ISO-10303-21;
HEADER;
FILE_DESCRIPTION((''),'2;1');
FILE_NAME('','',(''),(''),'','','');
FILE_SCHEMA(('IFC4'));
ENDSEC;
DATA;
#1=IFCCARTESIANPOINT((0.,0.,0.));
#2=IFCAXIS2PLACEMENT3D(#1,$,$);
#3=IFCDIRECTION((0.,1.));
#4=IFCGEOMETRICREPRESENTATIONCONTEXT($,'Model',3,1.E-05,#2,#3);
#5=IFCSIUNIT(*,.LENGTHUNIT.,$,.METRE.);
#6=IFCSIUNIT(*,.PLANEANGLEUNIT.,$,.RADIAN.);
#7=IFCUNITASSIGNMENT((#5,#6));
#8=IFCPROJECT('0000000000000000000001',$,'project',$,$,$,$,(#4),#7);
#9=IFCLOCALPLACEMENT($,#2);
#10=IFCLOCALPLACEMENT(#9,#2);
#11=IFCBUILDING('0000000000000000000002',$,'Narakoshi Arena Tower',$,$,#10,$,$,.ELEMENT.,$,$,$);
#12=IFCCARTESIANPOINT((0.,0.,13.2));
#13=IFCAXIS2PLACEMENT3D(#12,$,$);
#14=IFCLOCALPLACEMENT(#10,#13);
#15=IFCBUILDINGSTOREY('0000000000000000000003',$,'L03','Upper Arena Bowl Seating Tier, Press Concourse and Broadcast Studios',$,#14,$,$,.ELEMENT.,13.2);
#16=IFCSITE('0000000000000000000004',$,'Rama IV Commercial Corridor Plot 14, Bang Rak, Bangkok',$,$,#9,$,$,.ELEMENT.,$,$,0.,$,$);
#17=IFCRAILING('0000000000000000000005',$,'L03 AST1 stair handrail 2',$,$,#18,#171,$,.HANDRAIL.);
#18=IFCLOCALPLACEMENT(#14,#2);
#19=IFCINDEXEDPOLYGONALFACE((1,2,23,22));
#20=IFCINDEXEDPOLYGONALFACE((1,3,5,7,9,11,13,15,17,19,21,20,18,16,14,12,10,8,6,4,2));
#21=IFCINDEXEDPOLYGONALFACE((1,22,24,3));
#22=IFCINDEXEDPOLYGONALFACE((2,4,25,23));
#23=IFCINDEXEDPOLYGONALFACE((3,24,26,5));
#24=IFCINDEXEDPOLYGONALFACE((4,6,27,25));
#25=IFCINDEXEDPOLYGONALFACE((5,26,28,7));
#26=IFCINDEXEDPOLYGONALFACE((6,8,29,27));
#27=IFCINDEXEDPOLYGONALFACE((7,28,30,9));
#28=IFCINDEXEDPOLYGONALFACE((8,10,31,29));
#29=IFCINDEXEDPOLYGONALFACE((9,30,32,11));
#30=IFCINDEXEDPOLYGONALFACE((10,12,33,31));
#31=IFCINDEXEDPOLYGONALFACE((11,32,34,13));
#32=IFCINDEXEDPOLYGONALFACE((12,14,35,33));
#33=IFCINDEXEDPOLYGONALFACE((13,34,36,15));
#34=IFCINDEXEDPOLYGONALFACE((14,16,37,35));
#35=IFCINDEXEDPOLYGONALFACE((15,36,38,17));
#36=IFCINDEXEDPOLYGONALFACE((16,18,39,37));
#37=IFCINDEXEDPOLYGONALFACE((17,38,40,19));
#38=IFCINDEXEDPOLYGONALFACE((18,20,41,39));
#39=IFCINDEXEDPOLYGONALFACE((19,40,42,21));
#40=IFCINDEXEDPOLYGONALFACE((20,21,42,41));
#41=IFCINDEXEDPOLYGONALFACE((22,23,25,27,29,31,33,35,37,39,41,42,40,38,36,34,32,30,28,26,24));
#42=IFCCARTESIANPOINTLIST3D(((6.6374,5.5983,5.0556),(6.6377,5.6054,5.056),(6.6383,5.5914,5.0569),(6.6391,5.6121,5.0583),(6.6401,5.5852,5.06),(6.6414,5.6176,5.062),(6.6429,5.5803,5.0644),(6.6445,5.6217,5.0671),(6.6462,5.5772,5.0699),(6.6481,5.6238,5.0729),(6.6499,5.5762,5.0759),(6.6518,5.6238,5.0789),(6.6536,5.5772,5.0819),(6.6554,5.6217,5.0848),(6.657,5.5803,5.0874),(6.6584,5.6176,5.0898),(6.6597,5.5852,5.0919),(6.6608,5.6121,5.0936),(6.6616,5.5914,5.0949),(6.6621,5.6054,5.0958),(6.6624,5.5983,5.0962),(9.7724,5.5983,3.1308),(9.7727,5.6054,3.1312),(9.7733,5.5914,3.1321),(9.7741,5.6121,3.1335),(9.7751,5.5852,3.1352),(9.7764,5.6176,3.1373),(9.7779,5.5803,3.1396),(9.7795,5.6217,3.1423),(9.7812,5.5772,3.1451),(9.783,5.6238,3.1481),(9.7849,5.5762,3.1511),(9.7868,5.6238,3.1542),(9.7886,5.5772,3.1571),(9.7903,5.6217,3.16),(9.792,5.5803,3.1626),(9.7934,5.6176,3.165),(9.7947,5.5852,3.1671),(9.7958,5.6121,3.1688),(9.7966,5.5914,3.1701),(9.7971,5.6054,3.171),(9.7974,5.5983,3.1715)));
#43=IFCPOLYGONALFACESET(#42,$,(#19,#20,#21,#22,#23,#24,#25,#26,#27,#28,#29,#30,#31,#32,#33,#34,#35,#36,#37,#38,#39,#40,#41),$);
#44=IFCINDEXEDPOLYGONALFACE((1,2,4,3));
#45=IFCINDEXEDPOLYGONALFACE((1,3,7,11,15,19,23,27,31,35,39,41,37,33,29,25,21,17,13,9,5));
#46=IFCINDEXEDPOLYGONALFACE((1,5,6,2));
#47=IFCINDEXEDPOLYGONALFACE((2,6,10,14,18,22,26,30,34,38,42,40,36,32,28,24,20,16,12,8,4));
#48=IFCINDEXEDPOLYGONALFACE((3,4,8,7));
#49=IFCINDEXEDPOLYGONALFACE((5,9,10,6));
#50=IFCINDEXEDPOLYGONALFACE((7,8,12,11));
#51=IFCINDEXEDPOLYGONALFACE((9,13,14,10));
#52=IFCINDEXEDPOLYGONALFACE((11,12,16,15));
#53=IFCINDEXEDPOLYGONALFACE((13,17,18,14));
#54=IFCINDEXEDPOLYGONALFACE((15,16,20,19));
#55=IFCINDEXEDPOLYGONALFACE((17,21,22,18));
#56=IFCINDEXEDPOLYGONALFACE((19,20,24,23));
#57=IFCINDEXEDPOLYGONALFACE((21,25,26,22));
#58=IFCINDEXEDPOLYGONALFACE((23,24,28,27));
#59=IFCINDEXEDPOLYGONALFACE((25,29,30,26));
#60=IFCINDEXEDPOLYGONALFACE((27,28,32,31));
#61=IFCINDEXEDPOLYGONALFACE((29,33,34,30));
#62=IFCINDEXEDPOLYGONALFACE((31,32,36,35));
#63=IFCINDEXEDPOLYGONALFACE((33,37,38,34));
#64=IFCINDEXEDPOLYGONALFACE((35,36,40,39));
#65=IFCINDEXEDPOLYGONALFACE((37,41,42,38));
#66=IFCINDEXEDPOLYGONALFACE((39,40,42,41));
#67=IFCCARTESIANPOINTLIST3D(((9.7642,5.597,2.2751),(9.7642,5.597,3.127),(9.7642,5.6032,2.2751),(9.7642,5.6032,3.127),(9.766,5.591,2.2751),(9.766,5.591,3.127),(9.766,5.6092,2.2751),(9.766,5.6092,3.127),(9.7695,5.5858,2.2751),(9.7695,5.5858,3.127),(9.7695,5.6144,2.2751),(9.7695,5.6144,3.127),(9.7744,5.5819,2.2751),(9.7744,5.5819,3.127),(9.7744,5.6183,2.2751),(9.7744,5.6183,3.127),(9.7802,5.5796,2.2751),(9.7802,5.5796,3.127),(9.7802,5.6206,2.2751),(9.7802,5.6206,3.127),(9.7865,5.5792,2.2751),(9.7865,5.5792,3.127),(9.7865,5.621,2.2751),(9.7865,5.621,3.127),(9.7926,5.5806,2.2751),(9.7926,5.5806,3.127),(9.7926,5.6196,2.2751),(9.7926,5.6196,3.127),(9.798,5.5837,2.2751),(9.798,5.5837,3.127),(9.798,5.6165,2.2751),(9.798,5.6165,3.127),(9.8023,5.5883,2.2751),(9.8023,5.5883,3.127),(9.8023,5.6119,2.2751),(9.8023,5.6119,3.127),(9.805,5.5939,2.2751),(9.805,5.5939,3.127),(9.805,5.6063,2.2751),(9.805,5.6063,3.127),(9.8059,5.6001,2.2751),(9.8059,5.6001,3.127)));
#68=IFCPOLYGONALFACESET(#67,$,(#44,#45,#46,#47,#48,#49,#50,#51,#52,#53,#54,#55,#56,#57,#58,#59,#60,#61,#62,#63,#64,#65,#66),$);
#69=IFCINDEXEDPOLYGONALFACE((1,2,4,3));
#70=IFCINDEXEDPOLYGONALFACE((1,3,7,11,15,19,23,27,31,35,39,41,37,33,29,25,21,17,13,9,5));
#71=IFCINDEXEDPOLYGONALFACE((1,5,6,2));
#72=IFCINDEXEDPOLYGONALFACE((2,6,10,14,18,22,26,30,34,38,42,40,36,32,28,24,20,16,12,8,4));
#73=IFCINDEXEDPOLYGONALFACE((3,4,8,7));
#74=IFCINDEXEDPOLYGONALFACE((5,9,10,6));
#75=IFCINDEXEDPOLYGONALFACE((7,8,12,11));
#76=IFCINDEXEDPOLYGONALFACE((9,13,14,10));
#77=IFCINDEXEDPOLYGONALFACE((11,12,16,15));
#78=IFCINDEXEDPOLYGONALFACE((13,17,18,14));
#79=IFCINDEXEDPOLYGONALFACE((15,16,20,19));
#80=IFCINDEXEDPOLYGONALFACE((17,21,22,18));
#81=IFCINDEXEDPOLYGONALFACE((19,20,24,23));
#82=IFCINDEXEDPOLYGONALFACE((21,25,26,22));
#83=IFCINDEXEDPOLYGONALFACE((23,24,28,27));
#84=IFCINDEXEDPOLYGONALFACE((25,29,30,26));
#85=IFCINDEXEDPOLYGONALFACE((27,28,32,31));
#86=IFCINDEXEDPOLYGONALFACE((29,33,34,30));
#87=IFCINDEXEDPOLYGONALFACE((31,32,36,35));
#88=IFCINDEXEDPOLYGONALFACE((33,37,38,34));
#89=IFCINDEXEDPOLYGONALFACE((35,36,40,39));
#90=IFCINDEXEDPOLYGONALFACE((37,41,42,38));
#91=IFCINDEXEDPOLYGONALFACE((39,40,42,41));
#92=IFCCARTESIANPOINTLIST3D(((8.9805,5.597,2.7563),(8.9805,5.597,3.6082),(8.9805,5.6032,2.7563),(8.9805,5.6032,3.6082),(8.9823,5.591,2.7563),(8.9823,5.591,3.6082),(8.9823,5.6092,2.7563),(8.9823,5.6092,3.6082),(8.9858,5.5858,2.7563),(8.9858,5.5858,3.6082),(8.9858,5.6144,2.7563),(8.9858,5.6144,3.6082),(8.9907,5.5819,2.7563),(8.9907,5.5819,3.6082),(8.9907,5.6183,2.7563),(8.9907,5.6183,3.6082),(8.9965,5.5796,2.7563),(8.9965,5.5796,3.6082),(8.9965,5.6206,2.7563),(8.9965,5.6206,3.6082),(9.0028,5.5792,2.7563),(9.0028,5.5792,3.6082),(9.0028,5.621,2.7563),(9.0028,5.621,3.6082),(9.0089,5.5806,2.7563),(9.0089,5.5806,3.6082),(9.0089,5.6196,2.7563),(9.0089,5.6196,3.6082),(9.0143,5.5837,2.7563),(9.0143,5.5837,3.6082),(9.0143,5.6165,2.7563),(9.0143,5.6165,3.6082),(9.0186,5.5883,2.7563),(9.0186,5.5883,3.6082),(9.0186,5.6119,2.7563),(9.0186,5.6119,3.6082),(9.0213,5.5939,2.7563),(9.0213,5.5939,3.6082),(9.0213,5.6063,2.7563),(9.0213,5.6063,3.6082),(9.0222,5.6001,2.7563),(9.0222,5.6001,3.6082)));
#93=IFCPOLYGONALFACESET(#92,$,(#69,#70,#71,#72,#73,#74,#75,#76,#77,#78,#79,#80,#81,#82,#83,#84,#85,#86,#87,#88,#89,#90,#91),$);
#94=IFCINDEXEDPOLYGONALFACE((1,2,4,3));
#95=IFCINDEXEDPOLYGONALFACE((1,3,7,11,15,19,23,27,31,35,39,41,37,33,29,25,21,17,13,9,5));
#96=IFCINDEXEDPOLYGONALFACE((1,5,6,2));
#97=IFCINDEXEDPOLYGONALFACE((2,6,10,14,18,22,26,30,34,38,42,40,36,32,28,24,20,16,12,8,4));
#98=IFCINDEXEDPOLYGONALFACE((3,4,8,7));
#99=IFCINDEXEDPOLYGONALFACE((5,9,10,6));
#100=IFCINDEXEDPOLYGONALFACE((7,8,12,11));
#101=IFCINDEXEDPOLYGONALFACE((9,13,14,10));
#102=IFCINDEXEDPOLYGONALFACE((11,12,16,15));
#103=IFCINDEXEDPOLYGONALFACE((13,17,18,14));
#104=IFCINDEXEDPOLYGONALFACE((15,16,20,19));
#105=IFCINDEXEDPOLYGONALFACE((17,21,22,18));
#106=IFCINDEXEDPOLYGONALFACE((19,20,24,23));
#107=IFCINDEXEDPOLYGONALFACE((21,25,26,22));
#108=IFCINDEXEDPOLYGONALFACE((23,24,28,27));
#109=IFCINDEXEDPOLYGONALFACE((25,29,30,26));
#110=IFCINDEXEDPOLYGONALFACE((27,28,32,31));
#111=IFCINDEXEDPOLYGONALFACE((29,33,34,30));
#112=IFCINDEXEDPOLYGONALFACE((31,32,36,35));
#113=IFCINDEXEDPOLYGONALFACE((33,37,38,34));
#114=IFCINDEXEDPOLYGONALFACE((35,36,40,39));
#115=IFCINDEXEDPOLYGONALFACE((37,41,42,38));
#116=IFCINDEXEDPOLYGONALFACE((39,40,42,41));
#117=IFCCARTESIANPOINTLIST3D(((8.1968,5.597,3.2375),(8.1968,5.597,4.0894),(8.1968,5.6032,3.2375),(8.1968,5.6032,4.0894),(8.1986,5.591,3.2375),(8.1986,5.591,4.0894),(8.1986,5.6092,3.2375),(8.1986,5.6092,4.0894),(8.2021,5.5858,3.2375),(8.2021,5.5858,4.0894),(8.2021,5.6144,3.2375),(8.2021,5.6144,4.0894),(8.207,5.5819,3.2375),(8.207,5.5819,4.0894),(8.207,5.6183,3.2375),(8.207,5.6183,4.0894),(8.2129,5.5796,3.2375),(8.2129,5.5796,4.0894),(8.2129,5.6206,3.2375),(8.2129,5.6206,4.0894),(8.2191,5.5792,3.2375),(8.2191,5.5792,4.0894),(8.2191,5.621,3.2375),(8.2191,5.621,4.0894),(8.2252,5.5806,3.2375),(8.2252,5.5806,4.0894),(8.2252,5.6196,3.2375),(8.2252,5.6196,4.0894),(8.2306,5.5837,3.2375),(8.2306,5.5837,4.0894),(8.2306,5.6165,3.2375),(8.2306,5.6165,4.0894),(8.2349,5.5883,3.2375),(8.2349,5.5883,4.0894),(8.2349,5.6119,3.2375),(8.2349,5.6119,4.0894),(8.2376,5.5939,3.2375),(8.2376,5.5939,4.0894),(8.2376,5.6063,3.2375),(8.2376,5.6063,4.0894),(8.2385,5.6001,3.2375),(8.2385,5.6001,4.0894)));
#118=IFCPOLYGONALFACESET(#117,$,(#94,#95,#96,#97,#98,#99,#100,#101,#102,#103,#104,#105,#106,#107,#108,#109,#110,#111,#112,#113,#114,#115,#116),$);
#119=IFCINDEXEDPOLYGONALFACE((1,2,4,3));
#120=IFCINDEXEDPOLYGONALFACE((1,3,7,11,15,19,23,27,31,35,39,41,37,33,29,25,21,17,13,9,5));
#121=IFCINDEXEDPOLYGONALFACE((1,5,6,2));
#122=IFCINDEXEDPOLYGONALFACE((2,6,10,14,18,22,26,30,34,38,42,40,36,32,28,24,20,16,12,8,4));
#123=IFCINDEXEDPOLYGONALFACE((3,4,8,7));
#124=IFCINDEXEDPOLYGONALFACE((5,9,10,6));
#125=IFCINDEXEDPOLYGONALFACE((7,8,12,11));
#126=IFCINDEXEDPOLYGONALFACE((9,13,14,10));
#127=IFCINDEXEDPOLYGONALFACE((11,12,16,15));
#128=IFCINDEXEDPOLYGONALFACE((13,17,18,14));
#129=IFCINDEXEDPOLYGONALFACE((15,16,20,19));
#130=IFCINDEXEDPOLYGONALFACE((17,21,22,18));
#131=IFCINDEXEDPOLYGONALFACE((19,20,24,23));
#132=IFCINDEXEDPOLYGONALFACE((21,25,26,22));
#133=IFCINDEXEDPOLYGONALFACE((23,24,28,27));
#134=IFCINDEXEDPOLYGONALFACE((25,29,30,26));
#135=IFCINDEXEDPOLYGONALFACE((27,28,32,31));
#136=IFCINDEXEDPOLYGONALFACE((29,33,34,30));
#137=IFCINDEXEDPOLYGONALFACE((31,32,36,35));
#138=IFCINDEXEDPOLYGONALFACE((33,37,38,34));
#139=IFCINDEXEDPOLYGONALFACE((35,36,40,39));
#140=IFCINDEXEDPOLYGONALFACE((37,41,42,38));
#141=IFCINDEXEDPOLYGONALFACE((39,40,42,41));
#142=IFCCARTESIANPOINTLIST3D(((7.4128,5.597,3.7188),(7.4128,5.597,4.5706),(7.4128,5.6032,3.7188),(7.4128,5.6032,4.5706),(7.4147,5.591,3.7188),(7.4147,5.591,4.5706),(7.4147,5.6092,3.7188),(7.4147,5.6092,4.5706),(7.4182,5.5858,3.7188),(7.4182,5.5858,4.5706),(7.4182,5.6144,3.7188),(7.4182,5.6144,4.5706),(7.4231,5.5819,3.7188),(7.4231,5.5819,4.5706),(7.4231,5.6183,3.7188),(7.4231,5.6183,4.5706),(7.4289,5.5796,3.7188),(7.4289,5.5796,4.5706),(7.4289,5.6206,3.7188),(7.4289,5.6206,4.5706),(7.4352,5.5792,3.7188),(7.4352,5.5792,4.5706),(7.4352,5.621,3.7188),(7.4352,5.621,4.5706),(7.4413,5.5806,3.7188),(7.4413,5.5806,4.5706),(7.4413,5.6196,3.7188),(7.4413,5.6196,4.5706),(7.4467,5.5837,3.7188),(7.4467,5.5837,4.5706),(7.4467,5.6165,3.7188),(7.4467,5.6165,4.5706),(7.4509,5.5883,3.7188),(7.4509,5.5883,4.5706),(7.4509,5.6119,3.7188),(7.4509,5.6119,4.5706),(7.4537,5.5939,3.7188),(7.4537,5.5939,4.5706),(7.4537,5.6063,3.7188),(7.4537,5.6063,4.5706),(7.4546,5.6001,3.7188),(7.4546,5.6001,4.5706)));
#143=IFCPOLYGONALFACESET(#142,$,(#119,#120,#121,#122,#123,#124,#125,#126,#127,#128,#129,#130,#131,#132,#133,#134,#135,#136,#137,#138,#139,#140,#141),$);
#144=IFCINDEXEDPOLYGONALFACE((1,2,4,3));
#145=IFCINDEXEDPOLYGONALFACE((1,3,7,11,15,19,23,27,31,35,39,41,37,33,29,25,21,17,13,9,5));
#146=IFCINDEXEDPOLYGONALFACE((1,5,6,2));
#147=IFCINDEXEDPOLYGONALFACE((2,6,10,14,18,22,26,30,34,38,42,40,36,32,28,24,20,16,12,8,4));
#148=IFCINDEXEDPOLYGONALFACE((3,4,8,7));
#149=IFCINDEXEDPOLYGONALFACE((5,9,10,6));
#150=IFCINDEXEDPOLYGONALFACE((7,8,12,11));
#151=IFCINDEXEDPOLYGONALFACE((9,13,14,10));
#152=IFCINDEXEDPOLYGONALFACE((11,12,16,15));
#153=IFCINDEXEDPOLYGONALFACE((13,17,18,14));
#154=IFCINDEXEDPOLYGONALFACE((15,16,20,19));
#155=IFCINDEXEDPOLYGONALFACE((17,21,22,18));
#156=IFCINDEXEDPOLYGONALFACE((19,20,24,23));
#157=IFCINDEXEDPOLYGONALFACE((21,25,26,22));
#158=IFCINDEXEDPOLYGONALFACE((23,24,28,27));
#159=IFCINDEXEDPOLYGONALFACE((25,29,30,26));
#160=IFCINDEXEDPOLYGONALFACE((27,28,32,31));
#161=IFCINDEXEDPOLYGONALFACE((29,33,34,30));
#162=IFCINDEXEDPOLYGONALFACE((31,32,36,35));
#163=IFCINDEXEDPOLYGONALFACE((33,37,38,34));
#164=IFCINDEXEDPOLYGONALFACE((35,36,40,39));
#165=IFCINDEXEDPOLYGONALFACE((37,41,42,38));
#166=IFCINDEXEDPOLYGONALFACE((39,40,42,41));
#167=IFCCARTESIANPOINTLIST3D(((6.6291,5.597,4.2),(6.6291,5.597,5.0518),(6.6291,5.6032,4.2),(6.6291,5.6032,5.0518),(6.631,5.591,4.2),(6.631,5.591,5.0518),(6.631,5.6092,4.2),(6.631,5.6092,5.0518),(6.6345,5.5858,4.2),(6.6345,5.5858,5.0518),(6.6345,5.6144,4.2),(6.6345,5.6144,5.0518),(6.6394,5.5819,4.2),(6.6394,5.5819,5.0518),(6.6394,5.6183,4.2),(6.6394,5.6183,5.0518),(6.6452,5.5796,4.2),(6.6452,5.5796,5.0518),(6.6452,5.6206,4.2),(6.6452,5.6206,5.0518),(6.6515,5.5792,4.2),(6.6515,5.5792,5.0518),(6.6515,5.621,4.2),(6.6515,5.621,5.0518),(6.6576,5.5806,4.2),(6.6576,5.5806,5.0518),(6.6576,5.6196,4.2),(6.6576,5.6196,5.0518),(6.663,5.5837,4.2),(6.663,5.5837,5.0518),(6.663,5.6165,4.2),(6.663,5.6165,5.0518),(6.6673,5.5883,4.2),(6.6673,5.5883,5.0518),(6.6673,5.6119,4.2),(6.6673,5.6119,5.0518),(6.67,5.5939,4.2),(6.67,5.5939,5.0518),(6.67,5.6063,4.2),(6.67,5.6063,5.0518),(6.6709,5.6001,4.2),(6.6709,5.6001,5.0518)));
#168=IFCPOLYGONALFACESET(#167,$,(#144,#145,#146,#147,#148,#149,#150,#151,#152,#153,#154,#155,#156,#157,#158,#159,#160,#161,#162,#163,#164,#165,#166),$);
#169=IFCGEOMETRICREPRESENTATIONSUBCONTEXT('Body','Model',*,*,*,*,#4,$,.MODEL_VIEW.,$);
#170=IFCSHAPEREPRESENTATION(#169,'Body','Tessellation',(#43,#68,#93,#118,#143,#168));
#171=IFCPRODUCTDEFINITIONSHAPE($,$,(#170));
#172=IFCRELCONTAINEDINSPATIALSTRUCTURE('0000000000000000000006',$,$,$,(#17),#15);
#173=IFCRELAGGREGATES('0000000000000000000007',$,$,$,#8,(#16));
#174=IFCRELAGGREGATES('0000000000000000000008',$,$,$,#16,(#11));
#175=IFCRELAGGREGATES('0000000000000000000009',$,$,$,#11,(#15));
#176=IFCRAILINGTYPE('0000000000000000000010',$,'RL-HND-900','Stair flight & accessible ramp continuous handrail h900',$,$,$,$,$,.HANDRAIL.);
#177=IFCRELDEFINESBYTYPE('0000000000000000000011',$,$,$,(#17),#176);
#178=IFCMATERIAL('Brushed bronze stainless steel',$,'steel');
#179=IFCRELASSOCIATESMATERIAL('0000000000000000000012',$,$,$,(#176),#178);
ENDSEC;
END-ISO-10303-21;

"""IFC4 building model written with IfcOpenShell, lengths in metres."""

from ifc_helpers import new_model, si_unit, direction, frame, origin, origin_2d, place, context, subcontext, project, spatial, circle, extrude, material, type_object, element, save


model = new_model("IFC4")

# Units and contexts
model_context = context("Model", 3, precision=1e-05, world=origin(), true_north=direction((0.0, 1.0)))
body_context = subcontext(model_context, "Body", "Model", "MODEL_VIEW")
ifc_project = project(units=[si_unit("LENGTHUNIT", "METRE"), si_unit("PLANEANGLEUNIT", "RADIAN")], contexts=[model_context])

# Site, building, storey
site_placement = place(None, origin())
site = spatial("IfcSite", under=ifc_project, at=site_placement, Name="Rama IV Commercial Corridor Plot 14, Bang Rak, Bangkok", CompositionType="ELEMENT", RefElevation=0.0)
building_placement = place(site_placement, origin())
building = spatial("IfcBuilding", under=site, at=building_placement, Name="Narakoshi Arena Tower", CompositionType="ELEMENT")
storey_placement = place(building_placement, frame((0.0, 0.0, 13.2)))
storey = spatial("IfcBuildingStorey", under=building, at=storey_placement, Name="L03", Description="Upper Arena Bowl Seating Tier, Press Concourse and Broadcast Studios", CompositionType="ELEMENT", Elevation=13.2)

# Railing
ifc_material_1 = material(Name="Brushed bronze stainless steel", Category="steel")
railing_type_1 = type_object("IfcRailingType", Name="RL-HND-900", Description="Stair flight & accessible ramp continuous handrail h900", PredefinedType="HANDRAIL", material=ifc_material_1)
for number, where, name in (
    (1, (9.7849, 5.6001, 2.2751), "L03 AST1 stair handrail 2"),
):
    element("IfcRailing", number, at=place(storey_placement, frame(where)), inside=storey, type_object=railing_type_1, Name=name, PredefinedType="HANDRAIL", context=body_context, shape_type="SweptSolid", body=[
        extrude(circle(Radius=0.0239, at=origin_2d()), frame((0.0, 0.0, 0.876), z_axis=(-0.852196, 0.0, 0.523223), x_axis=(0.0, -1.0, 0.0)), (0.0, 0.0, 1.0), 3.6787),
        extrude(circle(Radius=0.021, at=origin_2d()), origin(), (0.0, 0.0, 1.0), 0.8518),
        extrude(circle(Radius=0.021, at=origin_2d()), frame((-0.7837, 0.0, 0.4812)), (0.0, 0.0, 1.0), 0.8518),
        extrude(circle(Radius=0.021, at=origin_2d()), frame((-1.5674, 0.0, 0.9624)), (0.0, 0.0, 1.0), 0.8518),
        extrude(circle(Radius=0.021, at=origin_2d()), frame((-2.3513, 0.0, 1.4436)), (0.0, 0.0, 1.0), 0.8518),
        extrude(circle(Radius=0.021, at=origin_2d()), frame((-3.135, 0.0, 1.9248)), (0.0, 0.0, 1.0), 0.8518),
    ])

save(model, "model.ifc")
